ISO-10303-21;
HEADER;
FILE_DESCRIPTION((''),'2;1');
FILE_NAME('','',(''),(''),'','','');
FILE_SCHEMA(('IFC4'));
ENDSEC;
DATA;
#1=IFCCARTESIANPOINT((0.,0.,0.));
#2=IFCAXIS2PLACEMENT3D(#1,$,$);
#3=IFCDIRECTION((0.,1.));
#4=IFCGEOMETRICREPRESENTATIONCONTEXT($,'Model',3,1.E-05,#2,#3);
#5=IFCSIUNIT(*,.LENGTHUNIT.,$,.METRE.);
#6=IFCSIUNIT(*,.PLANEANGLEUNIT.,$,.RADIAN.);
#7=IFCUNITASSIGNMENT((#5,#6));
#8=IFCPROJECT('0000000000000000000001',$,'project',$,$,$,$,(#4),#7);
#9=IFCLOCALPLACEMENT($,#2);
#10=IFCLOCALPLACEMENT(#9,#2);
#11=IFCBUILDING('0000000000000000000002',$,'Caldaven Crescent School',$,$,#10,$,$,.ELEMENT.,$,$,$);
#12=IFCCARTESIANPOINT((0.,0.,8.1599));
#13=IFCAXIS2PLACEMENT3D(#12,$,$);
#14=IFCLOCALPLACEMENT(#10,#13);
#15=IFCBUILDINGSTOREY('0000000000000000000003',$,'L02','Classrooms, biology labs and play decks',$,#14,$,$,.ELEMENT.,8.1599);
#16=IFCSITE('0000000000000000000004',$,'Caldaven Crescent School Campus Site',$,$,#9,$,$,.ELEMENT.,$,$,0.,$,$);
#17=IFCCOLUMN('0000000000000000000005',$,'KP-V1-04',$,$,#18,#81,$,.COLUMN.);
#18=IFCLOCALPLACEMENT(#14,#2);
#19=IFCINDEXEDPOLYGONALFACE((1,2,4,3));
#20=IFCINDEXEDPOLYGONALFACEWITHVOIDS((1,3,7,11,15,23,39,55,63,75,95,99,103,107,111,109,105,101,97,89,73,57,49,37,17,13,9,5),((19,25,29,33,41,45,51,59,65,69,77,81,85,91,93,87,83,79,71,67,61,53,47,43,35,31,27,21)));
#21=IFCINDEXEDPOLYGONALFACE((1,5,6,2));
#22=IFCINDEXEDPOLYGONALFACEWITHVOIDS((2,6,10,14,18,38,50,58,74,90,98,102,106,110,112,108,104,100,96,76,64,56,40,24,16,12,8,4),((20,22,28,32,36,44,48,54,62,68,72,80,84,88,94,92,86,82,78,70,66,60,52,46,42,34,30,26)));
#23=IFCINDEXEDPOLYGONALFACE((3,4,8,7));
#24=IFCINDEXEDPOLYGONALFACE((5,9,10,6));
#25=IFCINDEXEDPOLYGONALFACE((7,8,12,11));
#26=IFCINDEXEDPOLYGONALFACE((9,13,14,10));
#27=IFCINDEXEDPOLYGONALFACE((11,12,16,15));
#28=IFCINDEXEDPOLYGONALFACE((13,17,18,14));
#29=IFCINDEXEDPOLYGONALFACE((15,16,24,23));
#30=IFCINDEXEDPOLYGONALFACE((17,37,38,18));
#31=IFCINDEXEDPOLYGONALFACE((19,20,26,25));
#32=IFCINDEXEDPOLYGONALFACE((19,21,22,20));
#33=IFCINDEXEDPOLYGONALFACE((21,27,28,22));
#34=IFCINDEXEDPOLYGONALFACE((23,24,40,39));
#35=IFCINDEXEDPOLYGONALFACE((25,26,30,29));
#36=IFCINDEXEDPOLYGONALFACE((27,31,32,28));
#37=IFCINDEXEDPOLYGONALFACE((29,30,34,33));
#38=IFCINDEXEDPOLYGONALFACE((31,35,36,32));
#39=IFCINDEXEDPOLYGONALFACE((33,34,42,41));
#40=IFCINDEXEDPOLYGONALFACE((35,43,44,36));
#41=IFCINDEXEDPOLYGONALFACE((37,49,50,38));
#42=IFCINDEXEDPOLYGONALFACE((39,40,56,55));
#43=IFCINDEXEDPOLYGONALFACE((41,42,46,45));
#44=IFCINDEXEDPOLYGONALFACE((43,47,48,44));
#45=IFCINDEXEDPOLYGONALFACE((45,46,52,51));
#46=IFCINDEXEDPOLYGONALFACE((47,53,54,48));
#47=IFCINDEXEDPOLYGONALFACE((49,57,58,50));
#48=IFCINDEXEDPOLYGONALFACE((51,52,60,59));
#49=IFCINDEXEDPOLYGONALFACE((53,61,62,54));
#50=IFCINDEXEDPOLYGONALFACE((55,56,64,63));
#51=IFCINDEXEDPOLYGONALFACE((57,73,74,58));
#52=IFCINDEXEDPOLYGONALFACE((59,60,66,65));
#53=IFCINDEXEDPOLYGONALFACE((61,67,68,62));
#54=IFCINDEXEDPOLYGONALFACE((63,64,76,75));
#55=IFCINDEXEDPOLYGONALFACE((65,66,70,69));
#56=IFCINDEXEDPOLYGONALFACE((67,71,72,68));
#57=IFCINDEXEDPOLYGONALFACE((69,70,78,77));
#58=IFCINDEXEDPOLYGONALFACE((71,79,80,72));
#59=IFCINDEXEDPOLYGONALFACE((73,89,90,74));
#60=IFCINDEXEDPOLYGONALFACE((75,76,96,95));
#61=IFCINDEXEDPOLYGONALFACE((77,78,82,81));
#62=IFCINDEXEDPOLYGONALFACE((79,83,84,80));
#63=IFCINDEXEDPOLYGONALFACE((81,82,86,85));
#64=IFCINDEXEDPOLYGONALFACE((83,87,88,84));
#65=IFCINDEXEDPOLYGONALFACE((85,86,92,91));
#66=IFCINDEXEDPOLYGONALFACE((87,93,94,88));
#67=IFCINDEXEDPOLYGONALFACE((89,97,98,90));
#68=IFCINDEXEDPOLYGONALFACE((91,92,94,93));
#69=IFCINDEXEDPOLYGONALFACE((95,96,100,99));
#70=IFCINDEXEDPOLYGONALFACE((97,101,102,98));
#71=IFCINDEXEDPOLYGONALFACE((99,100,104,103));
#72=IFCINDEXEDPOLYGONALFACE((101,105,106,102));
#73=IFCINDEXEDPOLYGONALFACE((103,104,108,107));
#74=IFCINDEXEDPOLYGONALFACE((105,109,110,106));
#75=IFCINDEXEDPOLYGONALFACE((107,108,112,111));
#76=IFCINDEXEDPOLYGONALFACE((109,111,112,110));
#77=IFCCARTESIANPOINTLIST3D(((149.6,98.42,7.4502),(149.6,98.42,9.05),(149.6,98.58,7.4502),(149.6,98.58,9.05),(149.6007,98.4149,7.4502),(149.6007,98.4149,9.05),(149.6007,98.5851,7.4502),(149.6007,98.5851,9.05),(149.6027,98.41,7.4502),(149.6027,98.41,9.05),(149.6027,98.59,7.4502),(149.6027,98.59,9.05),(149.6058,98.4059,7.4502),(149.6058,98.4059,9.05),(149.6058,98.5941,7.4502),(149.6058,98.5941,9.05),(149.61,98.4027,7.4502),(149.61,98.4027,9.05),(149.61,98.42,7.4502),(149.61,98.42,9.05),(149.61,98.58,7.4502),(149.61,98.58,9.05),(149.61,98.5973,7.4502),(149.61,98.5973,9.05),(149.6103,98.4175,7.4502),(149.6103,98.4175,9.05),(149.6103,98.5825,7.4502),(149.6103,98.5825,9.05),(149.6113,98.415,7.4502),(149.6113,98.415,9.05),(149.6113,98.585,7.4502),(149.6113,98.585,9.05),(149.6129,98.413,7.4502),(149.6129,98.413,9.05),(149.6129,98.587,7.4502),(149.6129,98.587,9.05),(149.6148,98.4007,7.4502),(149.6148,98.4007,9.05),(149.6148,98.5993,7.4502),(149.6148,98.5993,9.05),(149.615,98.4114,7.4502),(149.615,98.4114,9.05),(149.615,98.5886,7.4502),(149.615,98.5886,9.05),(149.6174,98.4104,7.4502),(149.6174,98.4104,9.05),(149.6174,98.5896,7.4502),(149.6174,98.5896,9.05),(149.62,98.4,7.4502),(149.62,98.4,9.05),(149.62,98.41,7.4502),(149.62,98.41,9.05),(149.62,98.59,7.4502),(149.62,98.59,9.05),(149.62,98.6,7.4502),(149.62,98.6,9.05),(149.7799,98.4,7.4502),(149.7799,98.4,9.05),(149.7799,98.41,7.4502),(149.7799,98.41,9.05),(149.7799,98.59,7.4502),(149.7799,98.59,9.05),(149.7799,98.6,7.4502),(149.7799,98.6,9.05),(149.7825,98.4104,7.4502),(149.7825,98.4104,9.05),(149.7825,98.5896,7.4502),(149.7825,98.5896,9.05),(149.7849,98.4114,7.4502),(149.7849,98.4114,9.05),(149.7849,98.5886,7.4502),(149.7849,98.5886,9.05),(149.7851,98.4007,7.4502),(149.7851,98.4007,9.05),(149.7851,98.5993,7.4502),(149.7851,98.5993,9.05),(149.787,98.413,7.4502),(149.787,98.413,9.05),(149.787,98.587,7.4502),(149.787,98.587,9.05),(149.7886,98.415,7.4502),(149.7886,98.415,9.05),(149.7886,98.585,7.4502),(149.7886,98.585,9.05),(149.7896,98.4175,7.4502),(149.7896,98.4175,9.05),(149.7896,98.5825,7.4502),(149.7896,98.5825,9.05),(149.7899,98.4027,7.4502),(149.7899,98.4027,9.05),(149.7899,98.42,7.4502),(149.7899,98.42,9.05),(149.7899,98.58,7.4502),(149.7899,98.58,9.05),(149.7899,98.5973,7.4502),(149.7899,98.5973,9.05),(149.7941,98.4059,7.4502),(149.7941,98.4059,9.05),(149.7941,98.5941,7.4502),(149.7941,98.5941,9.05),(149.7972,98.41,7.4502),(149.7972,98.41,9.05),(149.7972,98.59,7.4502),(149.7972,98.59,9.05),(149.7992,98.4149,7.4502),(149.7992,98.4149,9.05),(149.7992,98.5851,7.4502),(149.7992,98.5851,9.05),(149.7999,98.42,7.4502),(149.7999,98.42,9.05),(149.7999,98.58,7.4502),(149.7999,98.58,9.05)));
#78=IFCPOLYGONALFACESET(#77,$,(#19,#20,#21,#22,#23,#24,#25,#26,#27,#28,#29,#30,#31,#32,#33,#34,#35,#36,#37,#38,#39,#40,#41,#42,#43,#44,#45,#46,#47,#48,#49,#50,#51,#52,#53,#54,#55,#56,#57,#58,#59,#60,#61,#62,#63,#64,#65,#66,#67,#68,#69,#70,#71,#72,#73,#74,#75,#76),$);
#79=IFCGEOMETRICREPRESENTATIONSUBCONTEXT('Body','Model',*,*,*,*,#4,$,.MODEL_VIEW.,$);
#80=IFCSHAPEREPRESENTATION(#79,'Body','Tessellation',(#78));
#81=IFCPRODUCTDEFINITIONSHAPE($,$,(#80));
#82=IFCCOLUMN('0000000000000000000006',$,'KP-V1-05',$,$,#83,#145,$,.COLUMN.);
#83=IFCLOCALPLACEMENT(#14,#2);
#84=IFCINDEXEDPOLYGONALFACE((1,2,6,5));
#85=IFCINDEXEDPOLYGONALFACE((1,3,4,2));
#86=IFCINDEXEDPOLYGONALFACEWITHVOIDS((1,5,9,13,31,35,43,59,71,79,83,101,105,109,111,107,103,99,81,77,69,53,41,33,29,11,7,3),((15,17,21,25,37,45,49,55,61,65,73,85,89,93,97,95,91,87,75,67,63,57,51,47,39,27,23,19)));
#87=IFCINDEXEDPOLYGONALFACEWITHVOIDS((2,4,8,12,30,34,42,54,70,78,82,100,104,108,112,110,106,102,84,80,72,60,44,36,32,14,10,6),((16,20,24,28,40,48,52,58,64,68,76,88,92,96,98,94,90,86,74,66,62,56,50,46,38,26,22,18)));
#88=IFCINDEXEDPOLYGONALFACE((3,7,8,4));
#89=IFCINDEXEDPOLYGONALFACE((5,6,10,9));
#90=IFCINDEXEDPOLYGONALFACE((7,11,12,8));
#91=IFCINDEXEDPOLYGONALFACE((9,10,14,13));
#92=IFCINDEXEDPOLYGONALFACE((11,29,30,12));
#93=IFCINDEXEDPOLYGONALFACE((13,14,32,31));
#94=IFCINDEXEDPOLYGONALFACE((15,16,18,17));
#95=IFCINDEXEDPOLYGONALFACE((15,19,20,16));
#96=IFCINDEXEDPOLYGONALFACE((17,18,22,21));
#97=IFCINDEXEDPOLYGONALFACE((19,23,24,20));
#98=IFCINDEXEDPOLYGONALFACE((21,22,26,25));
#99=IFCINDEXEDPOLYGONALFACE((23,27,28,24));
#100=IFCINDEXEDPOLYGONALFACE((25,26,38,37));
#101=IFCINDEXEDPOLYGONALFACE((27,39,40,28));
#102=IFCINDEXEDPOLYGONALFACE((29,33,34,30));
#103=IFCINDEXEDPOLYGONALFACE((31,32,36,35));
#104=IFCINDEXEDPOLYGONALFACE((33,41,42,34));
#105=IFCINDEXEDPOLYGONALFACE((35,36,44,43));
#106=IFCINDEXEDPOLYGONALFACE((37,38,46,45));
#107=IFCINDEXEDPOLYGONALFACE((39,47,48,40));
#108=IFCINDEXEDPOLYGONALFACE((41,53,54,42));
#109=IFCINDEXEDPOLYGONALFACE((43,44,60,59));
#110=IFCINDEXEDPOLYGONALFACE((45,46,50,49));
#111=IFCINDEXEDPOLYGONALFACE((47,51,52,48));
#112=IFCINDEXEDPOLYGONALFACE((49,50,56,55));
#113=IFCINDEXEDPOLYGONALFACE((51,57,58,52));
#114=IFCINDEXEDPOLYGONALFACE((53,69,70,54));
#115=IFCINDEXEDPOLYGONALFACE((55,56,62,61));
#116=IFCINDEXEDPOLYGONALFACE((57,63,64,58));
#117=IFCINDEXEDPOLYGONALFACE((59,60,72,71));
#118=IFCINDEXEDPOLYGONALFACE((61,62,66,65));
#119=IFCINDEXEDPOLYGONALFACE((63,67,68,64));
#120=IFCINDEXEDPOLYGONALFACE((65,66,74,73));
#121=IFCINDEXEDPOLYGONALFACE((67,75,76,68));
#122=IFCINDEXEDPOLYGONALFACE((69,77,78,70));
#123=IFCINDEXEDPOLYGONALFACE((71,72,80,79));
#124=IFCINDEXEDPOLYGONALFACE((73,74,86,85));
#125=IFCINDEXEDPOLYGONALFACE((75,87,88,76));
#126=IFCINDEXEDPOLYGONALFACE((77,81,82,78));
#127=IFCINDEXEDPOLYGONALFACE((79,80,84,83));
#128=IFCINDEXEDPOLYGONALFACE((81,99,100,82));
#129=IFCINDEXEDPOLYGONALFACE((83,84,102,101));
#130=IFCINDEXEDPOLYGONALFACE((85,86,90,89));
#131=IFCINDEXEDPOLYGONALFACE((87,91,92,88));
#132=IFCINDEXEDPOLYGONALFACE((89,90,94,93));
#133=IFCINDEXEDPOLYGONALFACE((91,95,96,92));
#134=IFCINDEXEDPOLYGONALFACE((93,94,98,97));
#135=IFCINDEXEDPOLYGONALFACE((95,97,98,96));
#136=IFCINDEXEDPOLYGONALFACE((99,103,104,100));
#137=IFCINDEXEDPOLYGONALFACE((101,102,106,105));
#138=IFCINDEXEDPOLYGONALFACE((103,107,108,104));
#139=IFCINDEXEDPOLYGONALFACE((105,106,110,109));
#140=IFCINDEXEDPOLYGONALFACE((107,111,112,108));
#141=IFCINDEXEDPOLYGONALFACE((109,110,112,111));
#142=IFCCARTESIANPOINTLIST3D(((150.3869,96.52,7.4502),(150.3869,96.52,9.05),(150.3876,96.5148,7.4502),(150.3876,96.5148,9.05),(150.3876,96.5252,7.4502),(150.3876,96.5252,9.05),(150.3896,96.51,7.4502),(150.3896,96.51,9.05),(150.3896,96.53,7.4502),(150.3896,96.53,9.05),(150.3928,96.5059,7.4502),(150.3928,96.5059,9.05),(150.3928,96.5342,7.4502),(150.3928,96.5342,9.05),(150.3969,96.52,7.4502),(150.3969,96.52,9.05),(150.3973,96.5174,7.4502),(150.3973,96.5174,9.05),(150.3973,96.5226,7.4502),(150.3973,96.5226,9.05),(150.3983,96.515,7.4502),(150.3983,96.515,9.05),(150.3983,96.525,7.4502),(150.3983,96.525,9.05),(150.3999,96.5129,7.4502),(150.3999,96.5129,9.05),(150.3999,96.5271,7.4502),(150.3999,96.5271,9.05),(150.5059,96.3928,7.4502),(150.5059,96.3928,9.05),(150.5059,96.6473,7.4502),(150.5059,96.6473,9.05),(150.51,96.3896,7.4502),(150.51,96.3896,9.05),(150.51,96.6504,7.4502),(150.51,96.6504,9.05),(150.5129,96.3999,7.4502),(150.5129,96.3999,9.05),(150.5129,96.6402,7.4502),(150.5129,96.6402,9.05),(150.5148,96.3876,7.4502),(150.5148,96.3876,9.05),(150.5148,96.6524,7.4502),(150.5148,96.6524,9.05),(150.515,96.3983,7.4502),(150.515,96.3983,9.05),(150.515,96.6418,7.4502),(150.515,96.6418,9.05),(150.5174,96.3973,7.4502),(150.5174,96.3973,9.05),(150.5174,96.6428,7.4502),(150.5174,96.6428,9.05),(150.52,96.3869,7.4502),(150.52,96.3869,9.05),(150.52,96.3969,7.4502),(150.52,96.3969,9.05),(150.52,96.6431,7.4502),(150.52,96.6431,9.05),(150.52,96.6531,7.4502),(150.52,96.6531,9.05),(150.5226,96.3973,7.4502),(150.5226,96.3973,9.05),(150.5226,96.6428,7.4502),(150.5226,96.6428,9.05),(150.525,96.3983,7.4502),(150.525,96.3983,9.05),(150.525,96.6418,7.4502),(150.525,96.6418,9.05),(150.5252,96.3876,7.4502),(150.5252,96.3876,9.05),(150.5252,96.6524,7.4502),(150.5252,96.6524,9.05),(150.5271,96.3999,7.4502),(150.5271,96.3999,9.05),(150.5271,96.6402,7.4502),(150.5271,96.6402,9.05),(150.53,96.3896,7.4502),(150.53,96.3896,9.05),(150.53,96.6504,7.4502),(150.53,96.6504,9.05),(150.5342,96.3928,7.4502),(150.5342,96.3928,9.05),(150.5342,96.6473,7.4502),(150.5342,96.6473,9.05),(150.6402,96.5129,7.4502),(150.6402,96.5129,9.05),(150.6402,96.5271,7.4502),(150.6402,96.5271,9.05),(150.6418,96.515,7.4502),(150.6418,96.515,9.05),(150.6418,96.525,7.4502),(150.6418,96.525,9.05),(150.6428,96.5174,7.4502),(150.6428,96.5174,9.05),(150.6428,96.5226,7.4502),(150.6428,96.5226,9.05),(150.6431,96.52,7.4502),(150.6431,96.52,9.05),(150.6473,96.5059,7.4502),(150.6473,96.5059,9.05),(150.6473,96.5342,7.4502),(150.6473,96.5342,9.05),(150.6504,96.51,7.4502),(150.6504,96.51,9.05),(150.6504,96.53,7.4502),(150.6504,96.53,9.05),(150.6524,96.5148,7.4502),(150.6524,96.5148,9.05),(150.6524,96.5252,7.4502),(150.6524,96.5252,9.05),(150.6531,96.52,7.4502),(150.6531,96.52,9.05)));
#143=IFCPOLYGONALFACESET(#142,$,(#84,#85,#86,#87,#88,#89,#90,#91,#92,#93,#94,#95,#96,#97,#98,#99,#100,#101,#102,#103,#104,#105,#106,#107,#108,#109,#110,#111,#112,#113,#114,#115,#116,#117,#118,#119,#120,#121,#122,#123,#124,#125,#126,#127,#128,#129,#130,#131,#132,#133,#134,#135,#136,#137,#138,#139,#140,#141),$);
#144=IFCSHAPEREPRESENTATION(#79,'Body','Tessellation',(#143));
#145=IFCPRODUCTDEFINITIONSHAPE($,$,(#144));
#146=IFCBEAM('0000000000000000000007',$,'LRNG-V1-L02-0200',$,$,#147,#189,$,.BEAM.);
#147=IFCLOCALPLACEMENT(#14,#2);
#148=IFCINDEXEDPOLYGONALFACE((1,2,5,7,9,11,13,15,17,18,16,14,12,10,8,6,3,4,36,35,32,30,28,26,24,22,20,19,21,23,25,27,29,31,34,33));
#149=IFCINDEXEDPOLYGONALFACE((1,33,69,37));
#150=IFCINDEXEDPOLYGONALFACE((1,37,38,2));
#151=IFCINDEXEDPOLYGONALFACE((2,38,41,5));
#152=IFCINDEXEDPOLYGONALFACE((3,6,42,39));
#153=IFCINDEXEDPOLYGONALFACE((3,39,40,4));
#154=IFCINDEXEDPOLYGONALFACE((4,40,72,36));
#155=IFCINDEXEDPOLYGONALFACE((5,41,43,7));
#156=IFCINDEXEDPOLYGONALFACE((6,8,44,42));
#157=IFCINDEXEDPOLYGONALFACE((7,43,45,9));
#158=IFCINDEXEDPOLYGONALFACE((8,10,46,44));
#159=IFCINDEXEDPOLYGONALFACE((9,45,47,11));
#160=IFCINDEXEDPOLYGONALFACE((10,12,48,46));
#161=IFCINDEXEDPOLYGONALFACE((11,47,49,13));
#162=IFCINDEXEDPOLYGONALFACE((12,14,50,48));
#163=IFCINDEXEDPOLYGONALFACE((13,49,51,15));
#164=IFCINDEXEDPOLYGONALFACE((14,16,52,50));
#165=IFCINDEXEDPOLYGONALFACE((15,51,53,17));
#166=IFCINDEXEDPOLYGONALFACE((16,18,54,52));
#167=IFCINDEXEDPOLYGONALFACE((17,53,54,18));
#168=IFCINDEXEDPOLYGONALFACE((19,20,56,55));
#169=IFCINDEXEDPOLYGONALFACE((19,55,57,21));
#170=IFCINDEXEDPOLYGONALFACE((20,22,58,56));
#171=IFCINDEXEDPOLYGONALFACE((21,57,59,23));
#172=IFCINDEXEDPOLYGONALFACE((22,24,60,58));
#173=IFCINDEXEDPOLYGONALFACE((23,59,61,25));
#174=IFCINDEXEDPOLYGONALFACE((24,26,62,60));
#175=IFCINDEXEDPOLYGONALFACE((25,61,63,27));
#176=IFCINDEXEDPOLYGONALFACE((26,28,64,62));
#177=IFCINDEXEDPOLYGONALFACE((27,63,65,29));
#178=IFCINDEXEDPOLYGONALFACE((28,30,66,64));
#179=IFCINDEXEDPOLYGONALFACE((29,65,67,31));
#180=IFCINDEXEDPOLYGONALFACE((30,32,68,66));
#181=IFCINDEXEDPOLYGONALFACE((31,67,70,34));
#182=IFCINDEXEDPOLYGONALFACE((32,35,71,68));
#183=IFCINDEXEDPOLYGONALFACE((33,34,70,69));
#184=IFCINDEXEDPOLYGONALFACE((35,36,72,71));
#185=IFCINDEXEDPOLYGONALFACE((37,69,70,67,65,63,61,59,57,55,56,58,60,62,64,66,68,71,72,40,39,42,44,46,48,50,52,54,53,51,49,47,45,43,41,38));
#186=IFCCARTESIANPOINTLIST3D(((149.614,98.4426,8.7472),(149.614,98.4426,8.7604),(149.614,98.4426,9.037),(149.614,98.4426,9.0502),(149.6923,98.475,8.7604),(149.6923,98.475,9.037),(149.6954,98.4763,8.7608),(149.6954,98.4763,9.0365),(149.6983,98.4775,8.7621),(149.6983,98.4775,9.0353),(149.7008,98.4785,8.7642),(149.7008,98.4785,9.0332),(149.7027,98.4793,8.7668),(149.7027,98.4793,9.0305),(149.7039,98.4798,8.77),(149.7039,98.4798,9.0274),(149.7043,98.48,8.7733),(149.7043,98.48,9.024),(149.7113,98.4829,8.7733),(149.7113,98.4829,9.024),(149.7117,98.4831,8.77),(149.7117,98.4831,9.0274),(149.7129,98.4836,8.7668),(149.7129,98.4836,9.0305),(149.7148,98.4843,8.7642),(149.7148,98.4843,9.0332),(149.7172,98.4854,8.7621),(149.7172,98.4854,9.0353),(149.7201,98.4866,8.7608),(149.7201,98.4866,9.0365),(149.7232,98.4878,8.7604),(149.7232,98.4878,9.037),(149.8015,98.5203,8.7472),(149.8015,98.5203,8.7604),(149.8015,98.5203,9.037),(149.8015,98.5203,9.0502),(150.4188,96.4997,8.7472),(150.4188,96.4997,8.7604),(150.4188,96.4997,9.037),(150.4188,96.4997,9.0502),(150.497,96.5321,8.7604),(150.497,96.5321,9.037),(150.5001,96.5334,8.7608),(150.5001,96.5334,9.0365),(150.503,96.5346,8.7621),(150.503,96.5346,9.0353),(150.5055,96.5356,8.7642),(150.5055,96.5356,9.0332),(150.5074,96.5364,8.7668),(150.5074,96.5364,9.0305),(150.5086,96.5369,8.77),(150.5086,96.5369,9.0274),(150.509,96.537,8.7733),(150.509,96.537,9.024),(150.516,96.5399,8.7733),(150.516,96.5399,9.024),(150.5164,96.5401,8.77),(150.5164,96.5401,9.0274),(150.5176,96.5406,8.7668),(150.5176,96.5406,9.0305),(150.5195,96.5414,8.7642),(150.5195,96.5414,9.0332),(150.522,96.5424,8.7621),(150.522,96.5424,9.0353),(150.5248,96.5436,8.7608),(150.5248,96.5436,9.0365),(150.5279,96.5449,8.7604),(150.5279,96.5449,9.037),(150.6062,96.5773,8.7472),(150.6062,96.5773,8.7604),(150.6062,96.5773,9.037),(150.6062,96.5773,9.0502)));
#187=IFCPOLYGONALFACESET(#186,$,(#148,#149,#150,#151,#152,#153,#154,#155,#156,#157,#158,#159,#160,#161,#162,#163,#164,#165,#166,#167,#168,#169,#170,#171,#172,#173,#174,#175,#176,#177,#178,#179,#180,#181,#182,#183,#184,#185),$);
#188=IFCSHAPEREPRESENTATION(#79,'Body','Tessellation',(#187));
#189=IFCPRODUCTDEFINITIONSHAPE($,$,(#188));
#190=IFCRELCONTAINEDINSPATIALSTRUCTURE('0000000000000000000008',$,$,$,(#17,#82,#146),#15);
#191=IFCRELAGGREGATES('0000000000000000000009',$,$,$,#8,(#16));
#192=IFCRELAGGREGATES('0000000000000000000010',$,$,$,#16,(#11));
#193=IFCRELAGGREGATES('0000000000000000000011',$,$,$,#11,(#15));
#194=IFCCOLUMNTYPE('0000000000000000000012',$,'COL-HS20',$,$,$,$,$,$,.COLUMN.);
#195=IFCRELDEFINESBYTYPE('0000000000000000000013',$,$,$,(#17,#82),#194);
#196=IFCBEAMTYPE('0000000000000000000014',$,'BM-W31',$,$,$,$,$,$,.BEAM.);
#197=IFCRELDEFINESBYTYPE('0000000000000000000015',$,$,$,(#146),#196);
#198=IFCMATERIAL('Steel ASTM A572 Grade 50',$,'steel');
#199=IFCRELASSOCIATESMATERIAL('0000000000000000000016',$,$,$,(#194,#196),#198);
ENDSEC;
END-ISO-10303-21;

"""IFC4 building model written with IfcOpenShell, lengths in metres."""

from ifc_helpers import new_model, si_unit, direction, frame, origin, origin_2d, place, context, subcontext, project, spatial, hollow_rectangle, i_section, extrude, material, material_profile, profile_set, type_object, element, save


model = new_model("IFC4")

# Units and contexts
model_context = context("Model", 3, precision=1e-05, world=origin(), true_north=direction((0.0, 1.0)))
body_context = subcontext(model_context, "Body", "Model", "MODEL_VIEW")
ifc_project = project(units=[si_unit("LENGTHUNIT", "METRE"), si_unit("PLANEANGLEUNIT", "RADIAN")], contexts=[model_context])

# Site, building, storey
site_placement = place(None, origin())
site = spatial("IfcSite", under=ifc_project, at=site_placement, Name="Caldaven Crescent School Campus Site", CompositionType="ELEMENT", RefElevation=0.0)
building_placement = place(site_placement, origin())
building = spatial("IfcBuilding", under=site, at=building_placement, Name="Caldaven Crescent School", CompositionType="ELEMENT")
storey_placement = place(building_placement, frame((0.0, 0.0, 8.1599)))
storey = spatial("IfcBuildingStorey", under=building, at=storey_placement, Name="L02", Description="Classrooms, biology labs and play decks", CompositionType="ELEMENT", Elevation=8.1599)

# Columns
ifc_material_1 = material(Name="Steel ASTM A572 Grade 50", Category="steel")
ifc_material_profile_1 = material_profile(ifc_material_1, hollow_rectangle(XDim=0.2, YDim=0.2, WallThickness=0.01, InnerFilletRadius=0.01, OuterFilletRadius=0.02, at=origin_2d()), Name="HSS 200x200x10")
ifc_profile_set_1 = profile_set([ifc_material_profile_1], Name="Steel ASTM A572 Grade 50")
column_type = type_object("IfcColumnType", Name="COL-HS20", PredefinedType="COLUMN", material=ifc_profile_set_1)
for number, where, z_axis, x_axis, name in (
    (1, (149.7, 98.5, 7.4502), (0.0, 0.0, 1.0), (-1.0, 0.0, 0.0), "KP-V1-04"),
    (2, (150.52, 96.52, 7.4502), (0.0, 0.0, 1.0), (-0.707107, -0.707107, 0.0), "KP-V1-05"),
):
    element("IfcColumn", number, at=place(storey_placement, frame(where, z_axis=z_axis, x_axis=x_axis)), inside=storey, type_object=column_type, Name=name, PredefinedType="COLUMN", context=body_context, shape_type="SweptSolid", body=[
        extrude(hollow_rectangle(XDim=0.2, YDim=0.2, WallThickness=0.01, InnerFilletRadius=0.01, OuterFilletRadius=0.02, at=origin_2d()), origin(), (0.0, 0.0, 1.0), 1.5999),
    ])

# Beam
ifc_material_profile_2 = material_profile(ifc_material_1, i_section(OverallWidth=0.2029, OverallDepth=0.303, WebThickness=0.0076, FlangeThickness=0.0132, FilletRadius=0.0129, at=origin_2d()), Name="W310x60")
ifc_profile_set_2 = profile_set([ifc_material_profile_2], Name="Steel ASTM A572 Grade 50")
beam_type_1 = type_object("IfcBeamType", Name="BM-W31", PredefinedType="BEAM", material=ifc_profile_set_2)
for number, where, z_axis, x_axis, name in (
    (3, (149.7078, 98.4814, 8.8987), (0.382653, -0.923892, 0.0), (0.923892, 0.382653, 0.0), "LRNG-V1-L02-0200"),
):
    element("IfcBeam", number, at=place(storey_placement, frame(where, z_axis=z_axis, x_axis=x_axis)), inside=storey, type_object=beam_type_1, Name=name, PredefinedType="BEAM", context=body_context, shape_type="SweptSolid", body=[
        extrude(i_section(OverallWidth=0.2029, OverallDepth=0.303, WebThickness=0.0076, FlangeThickness=0.0132, FilletRadius=0.0129, at=origin_2d()), origin(), (0.0, 0.0, 1.0), 2.103),
    ])

save(model, "model.ifc")
